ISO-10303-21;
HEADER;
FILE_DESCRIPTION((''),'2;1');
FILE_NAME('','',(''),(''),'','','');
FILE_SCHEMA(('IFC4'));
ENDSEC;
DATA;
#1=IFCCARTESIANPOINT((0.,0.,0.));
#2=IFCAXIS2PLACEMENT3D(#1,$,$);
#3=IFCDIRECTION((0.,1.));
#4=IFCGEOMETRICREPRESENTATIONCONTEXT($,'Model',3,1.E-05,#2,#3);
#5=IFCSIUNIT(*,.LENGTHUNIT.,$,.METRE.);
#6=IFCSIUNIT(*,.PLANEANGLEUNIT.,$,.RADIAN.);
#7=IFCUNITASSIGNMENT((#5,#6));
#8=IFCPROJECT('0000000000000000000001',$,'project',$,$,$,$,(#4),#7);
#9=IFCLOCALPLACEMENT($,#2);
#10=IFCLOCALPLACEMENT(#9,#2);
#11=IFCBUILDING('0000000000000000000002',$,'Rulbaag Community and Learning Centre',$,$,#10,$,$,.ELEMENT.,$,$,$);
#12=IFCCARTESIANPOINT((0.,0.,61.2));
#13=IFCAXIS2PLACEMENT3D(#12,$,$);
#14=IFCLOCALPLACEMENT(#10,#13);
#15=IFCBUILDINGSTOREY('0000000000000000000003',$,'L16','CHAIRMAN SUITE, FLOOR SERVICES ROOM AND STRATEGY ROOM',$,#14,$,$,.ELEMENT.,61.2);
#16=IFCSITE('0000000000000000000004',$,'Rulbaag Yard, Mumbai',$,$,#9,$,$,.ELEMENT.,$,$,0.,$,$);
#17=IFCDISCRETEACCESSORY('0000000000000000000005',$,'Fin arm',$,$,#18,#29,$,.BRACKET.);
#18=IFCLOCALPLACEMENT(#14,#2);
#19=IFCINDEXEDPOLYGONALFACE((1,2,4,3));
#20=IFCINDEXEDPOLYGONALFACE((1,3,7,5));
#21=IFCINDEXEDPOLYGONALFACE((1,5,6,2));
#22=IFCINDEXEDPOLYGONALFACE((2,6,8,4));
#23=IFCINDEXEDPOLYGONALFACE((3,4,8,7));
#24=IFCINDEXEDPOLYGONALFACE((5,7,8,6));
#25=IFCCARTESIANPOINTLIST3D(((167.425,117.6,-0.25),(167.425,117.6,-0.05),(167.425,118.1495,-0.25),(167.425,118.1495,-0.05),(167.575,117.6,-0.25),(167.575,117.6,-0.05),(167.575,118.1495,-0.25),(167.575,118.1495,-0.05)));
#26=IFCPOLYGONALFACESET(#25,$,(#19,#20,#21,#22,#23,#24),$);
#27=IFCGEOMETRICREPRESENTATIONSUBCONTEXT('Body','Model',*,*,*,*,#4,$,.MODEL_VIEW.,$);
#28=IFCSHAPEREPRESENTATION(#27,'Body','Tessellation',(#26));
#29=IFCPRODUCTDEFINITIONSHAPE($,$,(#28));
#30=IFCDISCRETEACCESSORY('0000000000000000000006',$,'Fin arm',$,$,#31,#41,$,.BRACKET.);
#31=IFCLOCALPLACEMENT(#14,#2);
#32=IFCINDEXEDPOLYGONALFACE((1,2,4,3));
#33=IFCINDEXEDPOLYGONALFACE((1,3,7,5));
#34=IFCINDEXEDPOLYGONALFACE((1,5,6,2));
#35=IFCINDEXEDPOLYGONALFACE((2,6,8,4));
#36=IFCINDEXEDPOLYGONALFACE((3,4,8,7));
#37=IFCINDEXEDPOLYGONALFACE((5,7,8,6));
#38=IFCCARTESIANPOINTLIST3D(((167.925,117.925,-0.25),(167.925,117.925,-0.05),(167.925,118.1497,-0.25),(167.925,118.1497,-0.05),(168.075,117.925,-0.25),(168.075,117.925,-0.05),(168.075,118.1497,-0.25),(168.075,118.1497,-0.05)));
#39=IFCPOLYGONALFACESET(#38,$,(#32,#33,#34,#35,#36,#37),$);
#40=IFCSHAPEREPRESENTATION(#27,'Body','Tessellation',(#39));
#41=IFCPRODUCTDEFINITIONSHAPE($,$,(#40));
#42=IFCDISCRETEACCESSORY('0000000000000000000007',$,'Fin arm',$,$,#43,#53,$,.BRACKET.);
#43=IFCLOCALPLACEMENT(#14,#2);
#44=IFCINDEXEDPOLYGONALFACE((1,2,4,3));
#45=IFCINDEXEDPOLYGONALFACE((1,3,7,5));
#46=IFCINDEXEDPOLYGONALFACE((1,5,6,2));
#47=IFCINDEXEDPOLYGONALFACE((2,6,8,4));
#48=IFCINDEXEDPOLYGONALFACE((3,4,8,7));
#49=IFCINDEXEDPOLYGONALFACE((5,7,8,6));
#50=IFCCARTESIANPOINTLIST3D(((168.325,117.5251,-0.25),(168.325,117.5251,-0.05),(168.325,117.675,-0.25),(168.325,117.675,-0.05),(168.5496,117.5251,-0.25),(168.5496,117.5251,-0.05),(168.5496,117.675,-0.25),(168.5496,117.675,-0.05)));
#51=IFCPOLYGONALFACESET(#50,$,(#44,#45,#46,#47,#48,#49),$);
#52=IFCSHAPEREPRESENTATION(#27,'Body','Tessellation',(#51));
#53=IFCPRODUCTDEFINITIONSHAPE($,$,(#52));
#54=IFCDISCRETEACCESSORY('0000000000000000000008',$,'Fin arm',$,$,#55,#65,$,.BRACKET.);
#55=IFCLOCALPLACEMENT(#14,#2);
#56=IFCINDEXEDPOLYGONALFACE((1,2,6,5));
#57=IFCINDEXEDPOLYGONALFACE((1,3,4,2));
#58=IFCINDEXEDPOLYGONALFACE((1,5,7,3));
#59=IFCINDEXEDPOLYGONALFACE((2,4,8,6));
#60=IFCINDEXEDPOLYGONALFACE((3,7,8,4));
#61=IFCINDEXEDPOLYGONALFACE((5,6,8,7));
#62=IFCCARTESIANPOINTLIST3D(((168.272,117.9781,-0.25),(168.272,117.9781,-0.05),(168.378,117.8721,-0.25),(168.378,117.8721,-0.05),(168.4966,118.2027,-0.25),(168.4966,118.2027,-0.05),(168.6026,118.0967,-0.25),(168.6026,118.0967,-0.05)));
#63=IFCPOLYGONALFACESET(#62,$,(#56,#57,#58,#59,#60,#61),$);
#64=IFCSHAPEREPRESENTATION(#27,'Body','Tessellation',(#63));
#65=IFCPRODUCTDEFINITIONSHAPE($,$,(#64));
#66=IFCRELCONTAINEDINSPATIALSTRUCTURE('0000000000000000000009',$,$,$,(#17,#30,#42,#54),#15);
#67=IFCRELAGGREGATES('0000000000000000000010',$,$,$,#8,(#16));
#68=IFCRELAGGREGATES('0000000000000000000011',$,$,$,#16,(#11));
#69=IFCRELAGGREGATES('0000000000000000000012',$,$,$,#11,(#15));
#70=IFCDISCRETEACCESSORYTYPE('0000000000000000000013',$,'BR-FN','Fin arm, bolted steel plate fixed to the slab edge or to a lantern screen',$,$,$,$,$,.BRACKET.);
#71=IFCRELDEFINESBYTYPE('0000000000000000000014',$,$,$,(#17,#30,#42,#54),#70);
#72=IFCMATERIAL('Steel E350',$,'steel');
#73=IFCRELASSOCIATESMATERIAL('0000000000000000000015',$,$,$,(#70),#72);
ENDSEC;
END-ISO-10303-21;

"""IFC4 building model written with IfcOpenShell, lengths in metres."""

from ifc_helpers import new_model, si_unit, direction, frame, origin, origin_2d, place, context, subcontext, project, spatial, rectangle, extrude, material, type_object, element, save


model = new_model("IFC4")

# Units and contexts
model_context = context("Model", 3, precision=1e-05, world=origin(), true_north=direction((0.0, 1.0)))
body_context = subcontext(model_context, "Body", "Model", "MODEL_VIEW")
ifc_project = project(units=[si_unit("LENGTHUNIT", "METRE"), si_unit("PLANEANGLEUNIT", "RADIAN")], contexts=[model_context])

# Site, building, storey
site_placement = place(None, origin())
site = spatial("IfcSite", under=ifc_project, at=site_placement, Name="Rulbaag Yard, Mumbai", CompositionType="ELEMENT", RefElevation=0.0)
building_placement = place(site_placement, origin())
building = spatial("IfcBuilding", under=site, at=building_placement, Name="Rulbaag Community and Learning Centre", CompositionType="ELEMENT")
storey_placement = place(building_placement, frame((0.0, 0.0, 61.2)))
storey = spatial("IfcBuildingStorey", under=building, at=storey_placement, Name="L16", Description="CHAIRMAN SUITE, FLOOR SERVICES ROOM AND STRATEGY ROOM", CompositionType="ELEMENT", Elevation=61.2)

# Discrete accessories
ifc_material_1 = material(Name="Steel E350", Category="steel")
discrete_accessory_type_1 = type_object("IfcDiscreteAccessoryType", Name="BR-FN", Description="Fin arm, bolted steel plate fixed to the slab edge or to a lantern screen", PredefinedType="BRACKET", material=ifc_material_1)
for number, where, z_axis, x_axis, name in (
    (1, (167.5, 117.8748, -0.25), (0.0, 0.0, 1.0), (1.0, 0.0, 0.0), "Fin arm"),
):
    element("IfcDiscreteAccessory", number, at=place(storey_placement, frame(where, z_axis=z_axis, x_axis=x_axis)), inside=storey, type_object=discrete_accessory_type_1, Name=name, PredefinedType="BRACKET", context=body_context, shape_type="SweptSolid", body=[
        extrude(rectangle(XDim=0.1499, YDim=0.5496, at=origin_2d()), origin(), (0.0, 0.0, 1.0), 0.2),
    ])
discrete_accessory_1_placement = place(storey_placement, frame((168.0, 118.0374, -0.25), z_axis=(0.0, 0.0, 1.0), x_axis=(1.0, 0.0, 0.0)))
element("IfcDiscreteAccessory", 2, at=discrete_accessory_1_placement, inside=storey, type_object=discrete_accessory_type_1, Name="Fin arm", PredefinedType="BRACKET", context=body_context, shape_type="SweptSolid", body=[
    extrude(rectangle(XDim=0.1499, YDim=0.2246, at=origin_2d()), origin(), (0.0, 0.0, 1.0), 0.2),
])
discrete_accessory_2_placement = place(storey_placement, frame((168.4373, 117.6001, -0.25), z_axis=(0.0, 0.0, 1.0), x_axis=(1.0, 0.0, 0.0)))
element("IfcDiscreteAccessory", 3, at=discrete_accessory_2_placement, inside=storey, type_object=discrete_accessory_type_1, Name="Fin arm", PredefinedType="BRACKET", context=body_context, shape_type="SweptSolid", body=[
    extrude(rectangle(XDim=0.2246, YDim=0.1499, at=origin_2d()), origin(), (0.0, 0.0, 1.0), 0.2),
])
discrete_accessory_3_placement = place(storey_placement, frame((168.4373, 118.0374, -0.25), z_axis=(0.0, 0.0, 1.0), x_axis=(0.707107, 0.707107, 0.0)))
element("IfcDiscreteAccessory", 4, at=discrete_accessory_3_placement, inside=storey, type_object=discrete_accessory_type_1, Name="Fin arm", PredefinedType="BRACKET", context=body_context, shape_type="SweptSolid", body=[
    extrude(rectangle(XDim=0.3176, YDim=0.1499, at=origin_2d()), origin(), (0.0, 0.0, 1.0), 0.2),
])

save(model, "model.ifc")
